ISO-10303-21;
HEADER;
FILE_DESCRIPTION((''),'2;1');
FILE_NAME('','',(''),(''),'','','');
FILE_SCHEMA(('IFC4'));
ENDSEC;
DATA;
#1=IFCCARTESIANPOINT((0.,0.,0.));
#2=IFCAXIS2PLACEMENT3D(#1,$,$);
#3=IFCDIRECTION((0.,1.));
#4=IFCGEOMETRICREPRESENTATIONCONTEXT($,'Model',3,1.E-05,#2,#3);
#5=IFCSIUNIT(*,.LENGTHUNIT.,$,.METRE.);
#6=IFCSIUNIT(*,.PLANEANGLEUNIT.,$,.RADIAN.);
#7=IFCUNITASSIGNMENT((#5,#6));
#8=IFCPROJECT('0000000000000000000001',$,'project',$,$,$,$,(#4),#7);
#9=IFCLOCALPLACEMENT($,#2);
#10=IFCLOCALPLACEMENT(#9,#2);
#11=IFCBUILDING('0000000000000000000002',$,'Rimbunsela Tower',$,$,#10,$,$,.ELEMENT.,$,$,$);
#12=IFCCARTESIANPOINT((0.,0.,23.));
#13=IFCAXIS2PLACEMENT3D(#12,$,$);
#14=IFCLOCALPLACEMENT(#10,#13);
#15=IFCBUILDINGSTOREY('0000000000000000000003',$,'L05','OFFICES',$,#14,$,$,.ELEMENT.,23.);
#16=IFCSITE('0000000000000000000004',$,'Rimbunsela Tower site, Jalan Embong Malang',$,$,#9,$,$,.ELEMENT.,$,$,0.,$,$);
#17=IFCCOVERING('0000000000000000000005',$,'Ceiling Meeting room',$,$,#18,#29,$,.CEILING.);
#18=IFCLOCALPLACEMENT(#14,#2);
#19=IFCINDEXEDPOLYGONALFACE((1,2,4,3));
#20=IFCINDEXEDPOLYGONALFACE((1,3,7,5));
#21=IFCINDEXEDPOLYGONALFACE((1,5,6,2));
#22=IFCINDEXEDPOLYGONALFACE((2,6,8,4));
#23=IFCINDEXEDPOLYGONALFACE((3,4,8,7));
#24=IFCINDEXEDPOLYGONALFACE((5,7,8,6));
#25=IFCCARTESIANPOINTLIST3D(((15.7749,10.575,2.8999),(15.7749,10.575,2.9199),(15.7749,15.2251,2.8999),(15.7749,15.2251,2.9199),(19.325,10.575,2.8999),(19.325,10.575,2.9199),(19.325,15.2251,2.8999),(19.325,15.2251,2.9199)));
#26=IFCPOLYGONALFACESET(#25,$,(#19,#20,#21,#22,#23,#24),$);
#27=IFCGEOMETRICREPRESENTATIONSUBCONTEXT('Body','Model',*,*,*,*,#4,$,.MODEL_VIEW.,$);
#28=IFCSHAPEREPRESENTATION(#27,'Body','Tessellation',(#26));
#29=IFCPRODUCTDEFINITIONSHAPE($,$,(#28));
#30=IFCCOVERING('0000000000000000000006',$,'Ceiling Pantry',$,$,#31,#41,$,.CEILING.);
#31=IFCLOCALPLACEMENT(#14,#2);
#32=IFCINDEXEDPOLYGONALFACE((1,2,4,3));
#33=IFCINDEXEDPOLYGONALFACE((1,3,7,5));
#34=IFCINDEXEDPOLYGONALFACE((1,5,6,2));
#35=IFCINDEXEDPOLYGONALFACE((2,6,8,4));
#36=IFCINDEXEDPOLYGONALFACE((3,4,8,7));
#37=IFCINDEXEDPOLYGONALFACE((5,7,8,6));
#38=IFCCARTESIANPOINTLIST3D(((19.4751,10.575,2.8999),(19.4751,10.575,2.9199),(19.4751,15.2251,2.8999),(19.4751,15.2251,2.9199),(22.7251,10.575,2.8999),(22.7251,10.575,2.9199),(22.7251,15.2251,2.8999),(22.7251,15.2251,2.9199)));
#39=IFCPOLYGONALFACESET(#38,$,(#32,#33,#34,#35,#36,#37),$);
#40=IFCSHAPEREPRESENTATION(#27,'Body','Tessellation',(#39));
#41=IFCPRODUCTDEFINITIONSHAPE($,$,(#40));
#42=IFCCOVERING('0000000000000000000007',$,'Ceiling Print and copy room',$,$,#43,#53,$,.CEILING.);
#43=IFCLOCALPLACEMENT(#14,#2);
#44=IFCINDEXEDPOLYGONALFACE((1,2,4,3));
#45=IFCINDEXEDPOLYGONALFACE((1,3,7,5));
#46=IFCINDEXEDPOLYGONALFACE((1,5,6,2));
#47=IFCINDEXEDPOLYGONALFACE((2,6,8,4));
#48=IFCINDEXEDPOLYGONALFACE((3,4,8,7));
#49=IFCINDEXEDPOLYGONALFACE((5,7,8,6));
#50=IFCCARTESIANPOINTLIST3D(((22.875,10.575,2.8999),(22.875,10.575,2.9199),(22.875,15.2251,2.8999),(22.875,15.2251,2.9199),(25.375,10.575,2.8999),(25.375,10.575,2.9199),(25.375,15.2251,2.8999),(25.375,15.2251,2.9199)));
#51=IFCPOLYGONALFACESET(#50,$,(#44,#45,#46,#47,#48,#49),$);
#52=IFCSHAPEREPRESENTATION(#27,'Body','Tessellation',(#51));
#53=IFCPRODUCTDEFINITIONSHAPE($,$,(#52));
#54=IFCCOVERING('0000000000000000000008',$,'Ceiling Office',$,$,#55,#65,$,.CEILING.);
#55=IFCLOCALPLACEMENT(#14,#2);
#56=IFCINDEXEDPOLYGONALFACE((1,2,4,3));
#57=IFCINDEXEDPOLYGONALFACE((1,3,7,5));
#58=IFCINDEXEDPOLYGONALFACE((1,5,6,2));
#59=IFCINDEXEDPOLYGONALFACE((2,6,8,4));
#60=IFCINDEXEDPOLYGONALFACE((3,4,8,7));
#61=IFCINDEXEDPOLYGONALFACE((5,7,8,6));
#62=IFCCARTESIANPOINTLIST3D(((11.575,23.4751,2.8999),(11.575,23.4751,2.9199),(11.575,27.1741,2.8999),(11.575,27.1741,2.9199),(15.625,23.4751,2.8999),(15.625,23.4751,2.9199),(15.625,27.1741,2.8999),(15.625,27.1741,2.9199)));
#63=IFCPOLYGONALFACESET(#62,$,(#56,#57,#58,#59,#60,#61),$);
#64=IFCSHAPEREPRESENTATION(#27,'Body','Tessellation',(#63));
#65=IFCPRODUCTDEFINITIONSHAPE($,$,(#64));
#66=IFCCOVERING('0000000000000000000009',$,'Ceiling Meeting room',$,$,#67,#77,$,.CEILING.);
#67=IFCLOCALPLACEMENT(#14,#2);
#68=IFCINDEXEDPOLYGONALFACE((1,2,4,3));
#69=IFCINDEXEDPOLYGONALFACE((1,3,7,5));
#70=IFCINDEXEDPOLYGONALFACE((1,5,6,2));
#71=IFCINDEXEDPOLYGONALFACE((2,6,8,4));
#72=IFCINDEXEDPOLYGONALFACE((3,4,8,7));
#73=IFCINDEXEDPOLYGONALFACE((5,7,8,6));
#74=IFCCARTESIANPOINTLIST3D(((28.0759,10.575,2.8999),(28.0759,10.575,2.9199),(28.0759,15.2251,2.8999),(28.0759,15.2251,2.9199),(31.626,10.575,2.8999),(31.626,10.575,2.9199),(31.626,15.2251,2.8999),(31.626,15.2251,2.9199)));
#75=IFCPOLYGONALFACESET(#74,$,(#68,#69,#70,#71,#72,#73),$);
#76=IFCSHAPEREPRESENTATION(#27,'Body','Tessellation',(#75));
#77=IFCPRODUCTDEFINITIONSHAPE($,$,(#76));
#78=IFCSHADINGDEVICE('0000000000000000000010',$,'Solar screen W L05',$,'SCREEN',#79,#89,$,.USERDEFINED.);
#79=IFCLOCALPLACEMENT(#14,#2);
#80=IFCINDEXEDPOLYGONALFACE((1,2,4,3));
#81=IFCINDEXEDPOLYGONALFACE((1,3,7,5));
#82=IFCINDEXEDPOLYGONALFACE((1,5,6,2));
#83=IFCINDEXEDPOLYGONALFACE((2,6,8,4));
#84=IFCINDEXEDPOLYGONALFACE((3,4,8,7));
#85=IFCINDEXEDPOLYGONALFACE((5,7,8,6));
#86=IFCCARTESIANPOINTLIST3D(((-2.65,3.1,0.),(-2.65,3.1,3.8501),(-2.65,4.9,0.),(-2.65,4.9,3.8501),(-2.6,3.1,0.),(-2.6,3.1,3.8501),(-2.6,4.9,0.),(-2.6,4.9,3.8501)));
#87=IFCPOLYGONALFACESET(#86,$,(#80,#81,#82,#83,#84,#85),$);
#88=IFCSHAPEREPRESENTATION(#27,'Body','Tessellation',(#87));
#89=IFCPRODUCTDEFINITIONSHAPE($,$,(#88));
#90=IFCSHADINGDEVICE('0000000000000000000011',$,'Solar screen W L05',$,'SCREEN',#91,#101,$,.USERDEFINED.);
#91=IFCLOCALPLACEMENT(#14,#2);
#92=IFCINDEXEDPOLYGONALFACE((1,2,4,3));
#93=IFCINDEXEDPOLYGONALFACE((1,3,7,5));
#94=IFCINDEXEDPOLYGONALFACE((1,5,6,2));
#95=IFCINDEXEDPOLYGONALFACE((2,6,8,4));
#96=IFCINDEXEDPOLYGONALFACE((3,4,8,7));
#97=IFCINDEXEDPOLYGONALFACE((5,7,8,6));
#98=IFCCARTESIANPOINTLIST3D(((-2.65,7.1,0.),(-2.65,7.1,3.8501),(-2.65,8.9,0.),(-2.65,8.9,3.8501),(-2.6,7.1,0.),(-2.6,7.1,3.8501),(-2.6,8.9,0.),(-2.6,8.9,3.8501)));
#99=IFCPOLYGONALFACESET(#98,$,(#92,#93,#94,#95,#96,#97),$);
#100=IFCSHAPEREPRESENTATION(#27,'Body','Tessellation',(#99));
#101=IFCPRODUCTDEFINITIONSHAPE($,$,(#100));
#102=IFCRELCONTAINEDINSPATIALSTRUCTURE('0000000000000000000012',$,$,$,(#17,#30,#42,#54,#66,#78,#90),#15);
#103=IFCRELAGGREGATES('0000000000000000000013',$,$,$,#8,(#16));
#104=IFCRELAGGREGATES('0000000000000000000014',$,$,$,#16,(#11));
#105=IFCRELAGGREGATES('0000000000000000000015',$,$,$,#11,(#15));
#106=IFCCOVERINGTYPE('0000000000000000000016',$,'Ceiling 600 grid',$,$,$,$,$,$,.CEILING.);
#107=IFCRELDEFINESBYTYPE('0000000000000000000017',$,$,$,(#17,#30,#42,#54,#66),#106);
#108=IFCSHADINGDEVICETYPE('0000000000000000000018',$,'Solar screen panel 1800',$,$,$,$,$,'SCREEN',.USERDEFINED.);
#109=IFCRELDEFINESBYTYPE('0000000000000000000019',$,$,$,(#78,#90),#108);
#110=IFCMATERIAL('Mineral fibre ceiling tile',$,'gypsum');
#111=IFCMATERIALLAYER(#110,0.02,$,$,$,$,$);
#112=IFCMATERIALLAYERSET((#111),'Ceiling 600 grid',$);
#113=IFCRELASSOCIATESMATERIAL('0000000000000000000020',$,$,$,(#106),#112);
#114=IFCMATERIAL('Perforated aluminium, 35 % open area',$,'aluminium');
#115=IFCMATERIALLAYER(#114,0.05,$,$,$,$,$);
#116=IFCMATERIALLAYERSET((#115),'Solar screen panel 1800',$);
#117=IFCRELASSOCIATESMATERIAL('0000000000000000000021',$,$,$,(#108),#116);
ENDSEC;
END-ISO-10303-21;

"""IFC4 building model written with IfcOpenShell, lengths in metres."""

from ifc_helpers import new_model, si_unit, direction, frame, origin, origin_2d, place, context, subcontext, project, spatial, polyline, rectangle, outline, extrude, material, layer, layer_set, type_object, element, save


model = new_model("IFC4")

# Units and contexts
model_context = context("Model", 3, precision=1e-05, world=origin(), true_north=direction((0.0, 1.0)))
body_context = subcontext(model_context, "Body", "Model", "MODEL_VIEW")
ifc_project = project(units=[si_unit("LENGTHUNIT", "METRE"), si_unit("PLANEANGLEUNIT", "RADIAN")], contexts=[model_context])

# Site, building, storey
site_placement = place(None, origin())
site = spatial("IfcSite", under=ifc_project, at=site_placement, Name="Rimbunsela Tower site, Jalan Embong Malang", CompositionType="ELEMENT", RefElevation=0.0)
building_placement = place(site_placement, origin())
building = spatial("IfcBuilding", under=site, at=building_placement, Name="Rimbunsela Tower", CompositionType="ELEMENT")
storey_placement = place(building_placement, frame((0.0, 0.0, 23.0)))
storey = spatial("IfcBuildingStorey", under=building, at=storey_placement, Name="L05", Description="OFFICES", CompositionType="ELEMENT", Elevation=23.0)

# Coverings
ifc_material_1 = material(Name="Mineral fibre ceiling tile", Category="gypsum")
ifc_layer_1 = layer(ifc_material_1, 0.02)
ifc_layer_set_1 = layer_set([ifc_layer_1], Name="Ceiling 600 grid")
covering_type_1 = type_object("IfcCoveringType", Name="Ceiling 600 grid", PredefinedType="CEILING", material=ifc_layer_set_1)
covering_1_placement = place(storey_placement, frame((0.0, 0.0, 2.8999)))
element("IfcCovering", 1, at=covering_1_placement, inside=storey, type_object=covering_type_1, Name="Ceiling Meeting room", PredefinedType="CEILING", context=body_context, shape_type="SweptSolid", body=[
    extrude(outline(polyline([(19.325, 10.575), (19.325, 15.2251), (15.7749, 15.2251), (15.7749, 10.575), (19.325, 10.575)])), origin(), (0.0, 0.0, 1.0), 0.02),
])
covering_2_placement = place(storey_placement, frame((0.0, 0.0, 2.8999)))
element("IfcCovering", 2, at=covering_2_placement, inside=storey, type_object=covering_type_1, Name="Ceiling Pantry", PredefinedType="CEILING", context=body_context, shape_type="SweptSolid", body=[
    extrude(outline(polyline([(22.7251, 10.575), (22.7251, 15.2251), (19.4751, 15.2251), (19.4751, 10.575), (22.7251, 10.575)])), origin(), (0.0, 0.0, 1.0), 0.02),
])
covering_3_placement = place(storey_placement, frame((0.0, 0.0, 2.8999)))
element("IfcCovering", 3, at=covering_3_placement, inside=storey, type_object=covering_type_1, Name="Ceiling Print and copy room", PredefinedType="CEILING", context=body_context, shape_type="SweptSolid", body=[
    extrude(outline(polyline([(25.375, 10.575), (25.375, 15.2251), (22.875, 15.2251), (22.875, 10.575), (25.375, 10.575)])), origin(), (0.0, 0.0, 1.0), 0.02),
])
covering_4_placement = place(storey_placement, frame((0.0, 0.0, 2.8999)))
element("IfcCovering", 4, at=covering_4_placement, inside=storey, type_object=covering_type_1, Name="Ceiling Office", PredefinedType="CEILING", context=body_context, shape_type="SweptSolid", body=[
    extrude(outline(polyline([(15.625, 23.4751), (15.625, 27.1741), (11.575, 27.1741), (11.575, 23.4751), (15.625, 23.4751)])), origin(), (0.0, 0.0, 1.0), 0.02),
])
covering_5_placement = place(storey_placement, frame((0.0, 0.0, 2.8999)))
element("IfcCovering", 5, at=covering_5_placement, inside=storey, type_object=covering_type_1, Name="Ceiling Meeting room", PredefinedType="CEILING", context=body_context, shape_type="SweptSolid", body=[
    extrude(outline(polyline([(31.626, 10.575), (31.626, 15.2251), (28.0759, 15.2251), (28.0759, 10.575), (31.626, 10.575)])), origin(), (0.0, 0.0, 1.0), 0.02),
])

# Shading devices
ifc_material_2 = material(Name="Perforated aluminium, 35 % open area", Category="aluminium")
ifc_layer_2 = layer(ifc_material_2, 0.05)
ifc_layer_set_2 = layer_set([ifc_layer_2], Name="Solar screen panel 1800")
shading_device_type = type_object("IfcShadingDeviceType", Name="Solar screen panel 1800", ElementType="SCREEN", PredefinedType="USERDEFINED", material=ifc_layer_set_2)
for number, where, z_axis, x_axis, name in (
    (6, (-2.625, 4.0, 0.0), (0.0, 0.0, 1.0), (0.0, 1.0, 0.0), "Solar screen W L05"),
    (7, (-2.625, 8.0, 0.0), (0.0, 0.0, 1.0), (0.0, 1.0, 0.0), "Solar screen W L05"),
):
    element("IfcShadingDevice", number, at=place(storey_placement, frame(where, z_axis=z_axis, x_axis=x_axis)), inside=storey, type_object=shading_device_type, Name=name, ObjectType="SCREEN", PredefinedType="USERDEFINED", context=body_context, shape_type="SweptSolid", body=[
        extrude(rectangle(XDim=1.8, YDim=0.05, at=origin_2d()), origin(), (0.0, 0.0, 1.0), 3.8501),
    ])

save(model, "model.ifc")
